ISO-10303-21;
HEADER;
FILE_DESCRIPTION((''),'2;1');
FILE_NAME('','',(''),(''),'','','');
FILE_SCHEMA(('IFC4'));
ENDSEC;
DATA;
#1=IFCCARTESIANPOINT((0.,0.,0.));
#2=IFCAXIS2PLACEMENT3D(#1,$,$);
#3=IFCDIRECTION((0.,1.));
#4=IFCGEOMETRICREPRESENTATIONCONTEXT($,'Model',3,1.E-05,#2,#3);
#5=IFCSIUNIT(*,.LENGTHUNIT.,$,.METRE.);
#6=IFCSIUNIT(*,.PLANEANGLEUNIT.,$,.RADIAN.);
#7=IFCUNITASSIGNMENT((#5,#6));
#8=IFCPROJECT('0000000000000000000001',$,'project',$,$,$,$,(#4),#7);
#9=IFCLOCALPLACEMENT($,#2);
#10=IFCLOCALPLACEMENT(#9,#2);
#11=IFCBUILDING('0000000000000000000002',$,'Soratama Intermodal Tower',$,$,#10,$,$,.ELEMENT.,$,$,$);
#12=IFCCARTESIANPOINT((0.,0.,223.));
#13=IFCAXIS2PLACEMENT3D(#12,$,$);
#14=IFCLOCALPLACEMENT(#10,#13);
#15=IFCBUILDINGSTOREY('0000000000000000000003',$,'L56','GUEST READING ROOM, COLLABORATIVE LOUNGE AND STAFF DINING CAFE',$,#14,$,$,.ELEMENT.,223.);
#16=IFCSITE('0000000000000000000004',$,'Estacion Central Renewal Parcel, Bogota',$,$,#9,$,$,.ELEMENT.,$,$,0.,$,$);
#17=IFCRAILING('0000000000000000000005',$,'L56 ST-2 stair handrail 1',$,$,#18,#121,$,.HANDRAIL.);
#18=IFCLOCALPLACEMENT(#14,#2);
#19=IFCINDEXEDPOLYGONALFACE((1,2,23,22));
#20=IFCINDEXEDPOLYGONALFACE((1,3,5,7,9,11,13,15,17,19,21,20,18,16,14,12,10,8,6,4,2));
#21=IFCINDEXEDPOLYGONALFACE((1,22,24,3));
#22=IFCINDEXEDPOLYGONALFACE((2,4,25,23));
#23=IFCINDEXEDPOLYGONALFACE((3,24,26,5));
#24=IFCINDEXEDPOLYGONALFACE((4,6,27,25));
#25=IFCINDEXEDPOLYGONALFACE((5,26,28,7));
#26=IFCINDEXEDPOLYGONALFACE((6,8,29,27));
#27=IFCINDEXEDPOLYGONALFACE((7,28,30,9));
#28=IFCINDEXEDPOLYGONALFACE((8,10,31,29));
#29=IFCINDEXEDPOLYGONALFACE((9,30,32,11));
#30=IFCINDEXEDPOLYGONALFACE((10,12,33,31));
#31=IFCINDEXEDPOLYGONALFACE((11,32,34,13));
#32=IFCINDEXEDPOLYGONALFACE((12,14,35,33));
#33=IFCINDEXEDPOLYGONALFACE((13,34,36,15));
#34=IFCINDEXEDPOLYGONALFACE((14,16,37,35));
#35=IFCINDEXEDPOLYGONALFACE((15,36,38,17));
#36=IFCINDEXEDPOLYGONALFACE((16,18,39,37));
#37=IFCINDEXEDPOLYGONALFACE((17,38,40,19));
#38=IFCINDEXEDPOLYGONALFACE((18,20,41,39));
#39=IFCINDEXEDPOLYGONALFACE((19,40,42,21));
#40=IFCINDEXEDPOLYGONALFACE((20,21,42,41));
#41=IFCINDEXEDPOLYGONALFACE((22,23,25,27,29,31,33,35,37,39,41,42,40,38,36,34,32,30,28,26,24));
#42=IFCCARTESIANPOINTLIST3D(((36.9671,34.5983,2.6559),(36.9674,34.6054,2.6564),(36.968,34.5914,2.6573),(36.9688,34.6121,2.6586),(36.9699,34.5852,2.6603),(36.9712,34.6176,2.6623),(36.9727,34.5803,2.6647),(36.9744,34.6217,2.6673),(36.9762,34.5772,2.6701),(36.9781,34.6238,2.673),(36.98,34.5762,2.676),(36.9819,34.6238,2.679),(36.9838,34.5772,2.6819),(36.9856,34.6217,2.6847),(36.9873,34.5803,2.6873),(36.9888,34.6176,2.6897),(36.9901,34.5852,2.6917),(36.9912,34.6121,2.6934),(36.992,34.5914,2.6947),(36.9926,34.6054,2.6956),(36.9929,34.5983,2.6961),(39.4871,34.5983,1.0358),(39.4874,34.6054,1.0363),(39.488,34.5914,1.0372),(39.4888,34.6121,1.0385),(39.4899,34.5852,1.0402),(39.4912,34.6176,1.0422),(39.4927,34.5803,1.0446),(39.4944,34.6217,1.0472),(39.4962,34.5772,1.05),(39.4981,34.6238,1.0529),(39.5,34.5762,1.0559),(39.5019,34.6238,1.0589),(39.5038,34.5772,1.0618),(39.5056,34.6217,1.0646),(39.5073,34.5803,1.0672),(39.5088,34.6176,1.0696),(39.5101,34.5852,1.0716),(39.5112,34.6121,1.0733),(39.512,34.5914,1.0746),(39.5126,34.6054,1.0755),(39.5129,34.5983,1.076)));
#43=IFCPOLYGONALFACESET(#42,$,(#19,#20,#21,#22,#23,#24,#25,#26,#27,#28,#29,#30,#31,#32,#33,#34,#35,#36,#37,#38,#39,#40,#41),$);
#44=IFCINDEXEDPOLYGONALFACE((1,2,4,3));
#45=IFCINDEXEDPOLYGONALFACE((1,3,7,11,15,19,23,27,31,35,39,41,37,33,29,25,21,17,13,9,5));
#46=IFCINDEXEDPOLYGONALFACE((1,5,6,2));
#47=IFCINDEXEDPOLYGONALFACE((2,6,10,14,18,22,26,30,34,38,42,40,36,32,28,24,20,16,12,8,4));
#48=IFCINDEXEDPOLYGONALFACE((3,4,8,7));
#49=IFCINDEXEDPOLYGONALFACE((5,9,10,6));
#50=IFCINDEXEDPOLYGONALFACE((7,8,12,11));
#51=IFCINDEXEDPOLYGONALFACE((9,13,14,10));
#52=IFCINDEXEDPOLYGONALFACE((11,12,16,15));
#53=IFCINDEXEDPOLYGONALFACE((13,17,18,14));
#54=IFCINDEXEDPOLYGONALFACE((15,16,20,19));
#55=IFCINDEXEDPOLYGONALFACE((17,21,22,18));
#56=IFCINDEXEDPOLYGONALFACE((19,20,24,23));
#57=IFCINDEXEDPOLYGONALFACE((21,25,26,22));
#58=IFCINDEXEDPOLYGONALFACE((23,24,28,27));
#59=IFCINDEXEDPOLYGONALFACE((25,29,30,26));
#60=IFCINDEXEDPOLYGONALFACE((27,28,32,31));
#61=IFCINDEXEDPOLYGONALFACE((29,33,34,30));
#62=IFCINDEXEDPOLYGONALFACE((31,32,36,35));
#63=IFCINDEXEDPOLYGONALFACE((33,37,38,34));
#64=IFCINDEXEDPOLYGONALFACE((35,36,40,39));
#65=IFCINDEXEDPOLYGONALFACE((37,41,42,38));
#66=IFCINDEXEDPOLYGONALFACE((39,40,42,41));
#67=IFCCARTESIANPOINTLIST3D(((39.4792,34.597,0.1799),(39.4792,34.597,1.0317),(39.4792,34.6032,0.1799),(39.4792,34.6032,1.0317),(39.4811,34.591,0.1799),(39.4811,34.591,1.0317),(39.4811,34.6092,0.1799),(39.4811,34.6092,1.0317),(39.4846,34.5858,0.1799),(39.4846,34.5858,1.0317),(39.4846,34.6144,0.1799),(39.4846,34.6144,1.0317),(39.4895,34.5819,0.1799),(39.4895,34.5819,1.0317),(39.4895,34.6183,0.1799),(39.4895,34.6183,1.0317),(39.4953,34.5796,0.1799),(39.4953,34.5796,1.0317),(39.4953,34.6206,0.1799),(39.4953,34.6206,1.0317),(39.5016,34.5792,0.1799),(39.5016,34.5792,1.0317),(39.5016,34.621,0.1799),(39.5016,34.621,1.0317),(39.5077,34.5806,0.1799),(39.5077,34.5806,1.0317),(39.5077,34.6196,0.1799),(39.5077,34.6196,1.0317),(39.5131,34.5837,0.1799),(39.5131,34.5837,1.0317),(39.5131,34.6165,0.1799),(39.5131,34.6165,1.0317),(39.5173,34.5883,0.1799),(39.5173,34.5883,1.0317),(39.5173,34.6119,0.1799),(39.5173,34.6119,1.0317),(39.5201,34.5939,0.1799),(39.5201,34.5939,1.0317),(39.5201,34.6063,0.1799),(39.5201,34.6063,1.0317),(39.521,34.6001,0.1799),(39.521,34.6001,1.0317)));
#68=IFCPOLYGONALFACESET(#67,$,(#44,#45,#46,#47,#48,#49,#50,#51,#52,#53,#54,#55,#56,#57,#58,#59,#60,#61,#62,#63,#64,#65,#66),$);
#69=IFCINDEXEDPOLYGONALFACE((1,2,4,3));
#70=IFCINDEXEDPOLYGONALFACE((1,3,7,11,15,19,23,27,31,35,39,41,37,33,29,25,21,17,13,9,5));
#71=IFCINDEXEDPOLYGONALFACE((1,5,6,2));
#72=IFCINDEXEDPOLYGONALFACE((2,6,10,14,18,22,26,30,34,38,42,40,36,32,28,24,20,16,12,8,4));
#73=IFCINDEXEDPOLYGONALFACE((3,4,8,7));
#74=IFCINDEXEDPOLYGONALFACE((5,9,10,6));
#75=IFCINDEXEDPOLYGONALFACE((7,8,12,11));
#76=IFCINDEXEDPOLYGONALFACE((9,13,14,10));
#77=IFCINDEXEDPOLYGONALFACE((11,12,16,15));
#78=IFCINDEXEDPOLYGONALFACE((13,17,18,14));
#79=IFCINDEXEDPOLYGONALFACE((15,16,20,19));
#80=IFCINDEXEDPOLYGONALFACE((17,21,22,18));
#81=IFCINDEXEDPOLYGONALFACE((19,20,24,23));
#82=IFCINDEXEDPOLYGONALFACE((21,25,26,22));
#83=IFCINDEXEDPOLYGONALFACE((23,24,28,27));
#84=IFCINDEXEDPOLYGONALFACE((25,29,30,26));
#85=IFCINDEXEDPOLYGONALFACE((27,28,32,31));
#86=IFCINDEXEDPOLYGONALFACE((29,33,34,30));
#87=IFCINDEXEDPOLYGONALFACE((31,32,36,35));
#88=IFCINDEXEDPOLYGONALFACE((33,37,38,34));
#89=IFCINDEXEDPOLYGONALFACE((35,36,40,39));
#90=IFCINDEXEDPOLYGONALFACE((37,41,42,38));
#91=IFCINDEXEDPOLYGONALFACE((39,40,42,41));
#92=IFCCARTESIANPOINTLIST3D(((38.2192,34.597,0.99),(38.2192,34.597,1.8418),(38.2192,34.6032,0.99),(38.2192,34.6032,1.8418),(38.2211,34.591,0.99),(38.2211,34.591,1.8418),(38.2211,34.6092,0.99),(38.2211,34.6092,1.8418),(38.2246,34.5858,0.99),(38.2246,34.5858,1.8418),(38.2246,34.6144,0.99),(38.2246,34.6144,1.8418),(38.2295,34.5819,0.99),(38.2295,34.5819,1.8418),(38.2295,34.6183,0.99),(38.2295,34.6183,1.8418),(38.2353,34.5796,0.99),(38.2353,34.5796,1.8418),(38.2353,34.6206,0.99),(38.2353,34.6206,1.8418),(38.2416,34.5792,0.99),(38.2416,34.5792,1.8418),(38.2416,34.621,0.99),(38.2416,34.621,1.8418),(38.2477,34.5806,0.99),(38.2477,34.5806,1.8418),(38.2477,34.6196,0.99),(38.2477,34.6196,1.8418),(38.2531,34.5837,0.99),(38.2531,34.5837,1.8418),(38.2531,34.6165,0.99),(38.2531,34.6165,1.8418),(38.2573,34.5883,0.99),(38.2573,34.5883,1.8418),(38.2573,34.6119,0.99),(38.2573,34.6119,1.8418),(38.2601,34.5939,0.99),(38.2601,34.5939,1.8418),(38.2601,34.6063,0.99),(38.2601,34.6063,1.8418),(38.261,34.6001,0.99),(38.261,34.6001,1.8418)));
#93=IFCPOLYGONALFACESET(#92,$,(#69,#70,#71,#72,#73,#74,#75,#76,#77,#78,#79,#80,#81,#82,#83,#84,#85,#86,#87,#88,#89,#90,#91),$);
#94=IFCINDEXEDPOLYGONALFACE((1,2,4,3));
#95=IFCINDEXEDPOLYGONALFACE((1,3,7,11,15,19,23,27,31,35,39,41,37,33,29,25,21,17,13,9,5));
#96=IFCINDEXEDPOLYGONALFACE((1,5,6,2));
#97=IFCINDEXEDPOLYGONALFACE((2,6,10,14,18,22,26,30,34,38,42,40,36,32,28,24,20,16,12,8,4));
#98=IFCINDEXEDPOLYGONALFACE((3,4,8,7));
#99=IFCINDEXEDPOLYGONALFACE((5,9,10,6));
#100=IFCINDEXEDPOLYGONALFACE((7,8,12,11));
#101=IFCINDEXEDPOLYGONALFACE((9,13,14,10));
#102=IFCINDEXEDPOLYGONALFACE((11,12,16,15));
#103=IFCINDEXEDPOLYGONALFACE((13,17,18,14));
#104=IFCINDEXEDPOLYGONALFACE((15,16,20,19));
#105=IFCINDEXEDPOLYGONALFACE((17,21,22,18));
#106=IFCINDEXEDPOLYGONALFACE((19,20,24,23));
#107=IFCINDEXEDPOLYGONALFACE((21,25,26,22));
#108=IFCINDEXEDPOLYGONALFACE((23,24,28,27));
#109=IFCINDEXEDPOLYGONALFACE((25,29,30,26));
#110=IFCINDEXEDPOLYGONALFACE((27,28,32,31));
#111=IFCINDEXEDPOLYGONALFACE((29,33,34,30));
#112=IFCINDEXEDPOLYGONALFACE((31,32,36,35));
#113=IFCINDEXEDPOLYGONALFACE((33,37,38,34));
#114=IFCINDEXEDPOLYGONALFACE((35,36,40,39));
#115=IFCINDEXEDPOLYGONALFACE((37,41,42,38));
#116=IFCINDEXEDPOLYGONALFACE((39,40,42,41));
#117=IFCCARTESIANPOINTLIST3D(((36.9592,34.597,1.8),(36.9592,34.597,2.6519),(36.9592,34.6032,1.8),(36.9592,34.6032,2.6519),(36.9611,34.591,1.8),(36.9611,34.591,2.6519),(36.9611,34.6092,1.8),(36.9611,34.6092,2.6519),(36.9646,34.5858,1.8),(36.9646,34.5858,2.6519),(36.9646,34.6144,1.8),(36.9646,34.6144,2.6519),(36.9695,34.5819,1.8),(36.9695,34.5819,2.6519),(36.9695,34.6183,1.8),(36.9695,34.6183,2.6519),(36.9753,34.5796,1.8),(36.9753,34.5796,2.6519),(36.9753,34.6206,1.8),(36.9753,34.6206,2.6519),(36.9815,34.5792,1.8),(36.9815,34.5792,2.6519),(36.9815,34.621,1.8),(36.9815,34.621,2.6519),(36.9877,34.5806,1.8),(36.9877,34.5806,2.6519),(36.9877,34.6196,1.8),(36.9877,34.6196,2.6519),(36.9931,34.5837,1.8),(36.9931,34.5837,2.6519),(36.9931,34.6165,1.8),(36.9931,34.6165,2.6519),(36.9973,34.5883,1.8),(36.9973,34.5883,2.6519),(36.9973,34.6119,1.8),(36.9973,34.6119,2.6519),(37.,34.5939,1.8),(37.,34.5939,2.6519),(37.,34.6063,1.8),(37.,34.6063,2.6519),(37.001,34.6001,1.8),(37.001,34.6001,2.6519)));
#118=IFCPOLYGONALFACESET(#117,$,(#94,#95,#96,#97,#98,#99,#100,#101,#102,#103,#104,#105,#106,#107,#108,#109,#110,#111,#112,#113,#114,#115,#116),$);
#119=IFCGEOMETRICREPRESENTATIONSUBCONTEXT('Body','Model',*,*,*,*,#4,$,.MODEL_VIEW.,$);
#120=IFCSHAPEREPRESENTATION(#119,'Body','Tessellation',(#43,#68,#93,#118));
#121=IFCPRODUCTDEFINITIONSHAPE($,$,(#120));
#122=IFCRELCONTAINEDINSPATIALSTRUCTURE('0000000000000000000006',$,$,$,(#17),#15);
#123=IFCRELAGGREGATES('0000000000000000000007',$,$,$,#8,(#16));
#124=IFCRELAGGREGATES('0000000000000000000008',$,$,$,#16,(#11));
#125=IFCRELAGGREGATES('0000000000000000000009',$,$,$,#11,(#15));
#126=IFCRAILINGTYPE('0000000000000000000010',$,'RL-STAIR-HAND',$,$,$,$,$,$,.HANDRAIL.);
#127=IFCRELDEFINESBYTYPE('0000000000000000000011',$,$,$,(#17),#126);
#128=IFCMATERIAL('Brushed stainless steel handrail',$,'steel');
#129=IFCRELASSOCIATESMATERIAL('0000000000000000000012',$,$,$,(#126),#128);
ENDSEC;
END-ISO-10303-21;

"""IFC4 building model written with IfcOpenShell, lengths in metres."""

from ifc_helpers import new_model, si_unit, direction, frame, origin, origin_2d, place, context, subcontext, project, spatial, circle, extrude, material, type_object, element, save


model = new_model("IFC4")

# Units and contexts
model_context = context("Model", 3, precision=1e-05, world=origin(), true_north=direction((0.0, 1.0)))
body_context = subcontext(model_context, "Body", "Model", "MODEL_VIEW")
ifc_project = project(units=[si_unit("LENGTHUNIT", "METRE"), si_unit("PLANEANGLEUNIT", "RADIAN")], contexts=[model_context])

# Site, building, storey
site_placement = place(None, origin())
site = spatial("IfcSite", under=ifc_project, at=site_placement, Name="Estacion Central Renewal Parcel, Bogota", CompositionType="ELEMENT", RefElevation=0.0)
building_placement = place(site_placement, origin())
building = spatial("IfcBuilding", under=site, at=building_placement, Name="Soratama Intermodal Tower", CompositionType="ELEMENT")
storey_placement = place(building_placement, frame((0.0, 0.0, 223.0)))
storey = spatial("IfcBuildingStorey", under=building, at=storey_placement, Name="L56", Description="GUEST READING ROOM, COLLABORATIVE LOUNGE AND STAFF DINING CAFE", CompositionType="ELEMENT", Elevation=223.0)

# Railing
ifc_material_1 = material(Name="Brushed stainless steel handrail", Category="steel")
railing_type_1 = type_object("IfcRailingType", Name="RL-STAIR-HAND", PredefinedType="HANDRAIL", material=ifc_material_1)
railing_1_placement = place(storey_placement, frame((39.5, 34.6001, 0.1799)))
element("IfcRailing", 1, at=railing_1_placement, inside=storey, type_object=railing_type_1, Name="L56 ST-2 stair handrail 1", PredefinedType="HANDRAIL", context=body_context, shape_type="SweptSolid", body=[
    extrude(circle(Radius=0.0239, at=origin_2d()), frame((0.0, 0.0, 0.876), z_axis=(-0.841163, 0.0, 0.540782), x_axis=(0.0, -1.0, 0.0)), (0.0, 0.0, 1.0), 2.9958),
    extrude(circle(Radius=0.021, at=origin_2d()), origin(), (0.0, 0.0, 1.0), 0.8518),
    extrude(circle(Radius=0.021, at=origin_2d()), frame((-1.26, 0.0, 0.8101)), (0.0, 0.0, 1.0), 0.8518),
    extrude(circle(Radius=0.021, at=origin_2d()), frame((-2.52, 0.0, 1.6201)), (0.0, 0.0, 1.0), 0.8518),
])

save(model, "model.ifc")
